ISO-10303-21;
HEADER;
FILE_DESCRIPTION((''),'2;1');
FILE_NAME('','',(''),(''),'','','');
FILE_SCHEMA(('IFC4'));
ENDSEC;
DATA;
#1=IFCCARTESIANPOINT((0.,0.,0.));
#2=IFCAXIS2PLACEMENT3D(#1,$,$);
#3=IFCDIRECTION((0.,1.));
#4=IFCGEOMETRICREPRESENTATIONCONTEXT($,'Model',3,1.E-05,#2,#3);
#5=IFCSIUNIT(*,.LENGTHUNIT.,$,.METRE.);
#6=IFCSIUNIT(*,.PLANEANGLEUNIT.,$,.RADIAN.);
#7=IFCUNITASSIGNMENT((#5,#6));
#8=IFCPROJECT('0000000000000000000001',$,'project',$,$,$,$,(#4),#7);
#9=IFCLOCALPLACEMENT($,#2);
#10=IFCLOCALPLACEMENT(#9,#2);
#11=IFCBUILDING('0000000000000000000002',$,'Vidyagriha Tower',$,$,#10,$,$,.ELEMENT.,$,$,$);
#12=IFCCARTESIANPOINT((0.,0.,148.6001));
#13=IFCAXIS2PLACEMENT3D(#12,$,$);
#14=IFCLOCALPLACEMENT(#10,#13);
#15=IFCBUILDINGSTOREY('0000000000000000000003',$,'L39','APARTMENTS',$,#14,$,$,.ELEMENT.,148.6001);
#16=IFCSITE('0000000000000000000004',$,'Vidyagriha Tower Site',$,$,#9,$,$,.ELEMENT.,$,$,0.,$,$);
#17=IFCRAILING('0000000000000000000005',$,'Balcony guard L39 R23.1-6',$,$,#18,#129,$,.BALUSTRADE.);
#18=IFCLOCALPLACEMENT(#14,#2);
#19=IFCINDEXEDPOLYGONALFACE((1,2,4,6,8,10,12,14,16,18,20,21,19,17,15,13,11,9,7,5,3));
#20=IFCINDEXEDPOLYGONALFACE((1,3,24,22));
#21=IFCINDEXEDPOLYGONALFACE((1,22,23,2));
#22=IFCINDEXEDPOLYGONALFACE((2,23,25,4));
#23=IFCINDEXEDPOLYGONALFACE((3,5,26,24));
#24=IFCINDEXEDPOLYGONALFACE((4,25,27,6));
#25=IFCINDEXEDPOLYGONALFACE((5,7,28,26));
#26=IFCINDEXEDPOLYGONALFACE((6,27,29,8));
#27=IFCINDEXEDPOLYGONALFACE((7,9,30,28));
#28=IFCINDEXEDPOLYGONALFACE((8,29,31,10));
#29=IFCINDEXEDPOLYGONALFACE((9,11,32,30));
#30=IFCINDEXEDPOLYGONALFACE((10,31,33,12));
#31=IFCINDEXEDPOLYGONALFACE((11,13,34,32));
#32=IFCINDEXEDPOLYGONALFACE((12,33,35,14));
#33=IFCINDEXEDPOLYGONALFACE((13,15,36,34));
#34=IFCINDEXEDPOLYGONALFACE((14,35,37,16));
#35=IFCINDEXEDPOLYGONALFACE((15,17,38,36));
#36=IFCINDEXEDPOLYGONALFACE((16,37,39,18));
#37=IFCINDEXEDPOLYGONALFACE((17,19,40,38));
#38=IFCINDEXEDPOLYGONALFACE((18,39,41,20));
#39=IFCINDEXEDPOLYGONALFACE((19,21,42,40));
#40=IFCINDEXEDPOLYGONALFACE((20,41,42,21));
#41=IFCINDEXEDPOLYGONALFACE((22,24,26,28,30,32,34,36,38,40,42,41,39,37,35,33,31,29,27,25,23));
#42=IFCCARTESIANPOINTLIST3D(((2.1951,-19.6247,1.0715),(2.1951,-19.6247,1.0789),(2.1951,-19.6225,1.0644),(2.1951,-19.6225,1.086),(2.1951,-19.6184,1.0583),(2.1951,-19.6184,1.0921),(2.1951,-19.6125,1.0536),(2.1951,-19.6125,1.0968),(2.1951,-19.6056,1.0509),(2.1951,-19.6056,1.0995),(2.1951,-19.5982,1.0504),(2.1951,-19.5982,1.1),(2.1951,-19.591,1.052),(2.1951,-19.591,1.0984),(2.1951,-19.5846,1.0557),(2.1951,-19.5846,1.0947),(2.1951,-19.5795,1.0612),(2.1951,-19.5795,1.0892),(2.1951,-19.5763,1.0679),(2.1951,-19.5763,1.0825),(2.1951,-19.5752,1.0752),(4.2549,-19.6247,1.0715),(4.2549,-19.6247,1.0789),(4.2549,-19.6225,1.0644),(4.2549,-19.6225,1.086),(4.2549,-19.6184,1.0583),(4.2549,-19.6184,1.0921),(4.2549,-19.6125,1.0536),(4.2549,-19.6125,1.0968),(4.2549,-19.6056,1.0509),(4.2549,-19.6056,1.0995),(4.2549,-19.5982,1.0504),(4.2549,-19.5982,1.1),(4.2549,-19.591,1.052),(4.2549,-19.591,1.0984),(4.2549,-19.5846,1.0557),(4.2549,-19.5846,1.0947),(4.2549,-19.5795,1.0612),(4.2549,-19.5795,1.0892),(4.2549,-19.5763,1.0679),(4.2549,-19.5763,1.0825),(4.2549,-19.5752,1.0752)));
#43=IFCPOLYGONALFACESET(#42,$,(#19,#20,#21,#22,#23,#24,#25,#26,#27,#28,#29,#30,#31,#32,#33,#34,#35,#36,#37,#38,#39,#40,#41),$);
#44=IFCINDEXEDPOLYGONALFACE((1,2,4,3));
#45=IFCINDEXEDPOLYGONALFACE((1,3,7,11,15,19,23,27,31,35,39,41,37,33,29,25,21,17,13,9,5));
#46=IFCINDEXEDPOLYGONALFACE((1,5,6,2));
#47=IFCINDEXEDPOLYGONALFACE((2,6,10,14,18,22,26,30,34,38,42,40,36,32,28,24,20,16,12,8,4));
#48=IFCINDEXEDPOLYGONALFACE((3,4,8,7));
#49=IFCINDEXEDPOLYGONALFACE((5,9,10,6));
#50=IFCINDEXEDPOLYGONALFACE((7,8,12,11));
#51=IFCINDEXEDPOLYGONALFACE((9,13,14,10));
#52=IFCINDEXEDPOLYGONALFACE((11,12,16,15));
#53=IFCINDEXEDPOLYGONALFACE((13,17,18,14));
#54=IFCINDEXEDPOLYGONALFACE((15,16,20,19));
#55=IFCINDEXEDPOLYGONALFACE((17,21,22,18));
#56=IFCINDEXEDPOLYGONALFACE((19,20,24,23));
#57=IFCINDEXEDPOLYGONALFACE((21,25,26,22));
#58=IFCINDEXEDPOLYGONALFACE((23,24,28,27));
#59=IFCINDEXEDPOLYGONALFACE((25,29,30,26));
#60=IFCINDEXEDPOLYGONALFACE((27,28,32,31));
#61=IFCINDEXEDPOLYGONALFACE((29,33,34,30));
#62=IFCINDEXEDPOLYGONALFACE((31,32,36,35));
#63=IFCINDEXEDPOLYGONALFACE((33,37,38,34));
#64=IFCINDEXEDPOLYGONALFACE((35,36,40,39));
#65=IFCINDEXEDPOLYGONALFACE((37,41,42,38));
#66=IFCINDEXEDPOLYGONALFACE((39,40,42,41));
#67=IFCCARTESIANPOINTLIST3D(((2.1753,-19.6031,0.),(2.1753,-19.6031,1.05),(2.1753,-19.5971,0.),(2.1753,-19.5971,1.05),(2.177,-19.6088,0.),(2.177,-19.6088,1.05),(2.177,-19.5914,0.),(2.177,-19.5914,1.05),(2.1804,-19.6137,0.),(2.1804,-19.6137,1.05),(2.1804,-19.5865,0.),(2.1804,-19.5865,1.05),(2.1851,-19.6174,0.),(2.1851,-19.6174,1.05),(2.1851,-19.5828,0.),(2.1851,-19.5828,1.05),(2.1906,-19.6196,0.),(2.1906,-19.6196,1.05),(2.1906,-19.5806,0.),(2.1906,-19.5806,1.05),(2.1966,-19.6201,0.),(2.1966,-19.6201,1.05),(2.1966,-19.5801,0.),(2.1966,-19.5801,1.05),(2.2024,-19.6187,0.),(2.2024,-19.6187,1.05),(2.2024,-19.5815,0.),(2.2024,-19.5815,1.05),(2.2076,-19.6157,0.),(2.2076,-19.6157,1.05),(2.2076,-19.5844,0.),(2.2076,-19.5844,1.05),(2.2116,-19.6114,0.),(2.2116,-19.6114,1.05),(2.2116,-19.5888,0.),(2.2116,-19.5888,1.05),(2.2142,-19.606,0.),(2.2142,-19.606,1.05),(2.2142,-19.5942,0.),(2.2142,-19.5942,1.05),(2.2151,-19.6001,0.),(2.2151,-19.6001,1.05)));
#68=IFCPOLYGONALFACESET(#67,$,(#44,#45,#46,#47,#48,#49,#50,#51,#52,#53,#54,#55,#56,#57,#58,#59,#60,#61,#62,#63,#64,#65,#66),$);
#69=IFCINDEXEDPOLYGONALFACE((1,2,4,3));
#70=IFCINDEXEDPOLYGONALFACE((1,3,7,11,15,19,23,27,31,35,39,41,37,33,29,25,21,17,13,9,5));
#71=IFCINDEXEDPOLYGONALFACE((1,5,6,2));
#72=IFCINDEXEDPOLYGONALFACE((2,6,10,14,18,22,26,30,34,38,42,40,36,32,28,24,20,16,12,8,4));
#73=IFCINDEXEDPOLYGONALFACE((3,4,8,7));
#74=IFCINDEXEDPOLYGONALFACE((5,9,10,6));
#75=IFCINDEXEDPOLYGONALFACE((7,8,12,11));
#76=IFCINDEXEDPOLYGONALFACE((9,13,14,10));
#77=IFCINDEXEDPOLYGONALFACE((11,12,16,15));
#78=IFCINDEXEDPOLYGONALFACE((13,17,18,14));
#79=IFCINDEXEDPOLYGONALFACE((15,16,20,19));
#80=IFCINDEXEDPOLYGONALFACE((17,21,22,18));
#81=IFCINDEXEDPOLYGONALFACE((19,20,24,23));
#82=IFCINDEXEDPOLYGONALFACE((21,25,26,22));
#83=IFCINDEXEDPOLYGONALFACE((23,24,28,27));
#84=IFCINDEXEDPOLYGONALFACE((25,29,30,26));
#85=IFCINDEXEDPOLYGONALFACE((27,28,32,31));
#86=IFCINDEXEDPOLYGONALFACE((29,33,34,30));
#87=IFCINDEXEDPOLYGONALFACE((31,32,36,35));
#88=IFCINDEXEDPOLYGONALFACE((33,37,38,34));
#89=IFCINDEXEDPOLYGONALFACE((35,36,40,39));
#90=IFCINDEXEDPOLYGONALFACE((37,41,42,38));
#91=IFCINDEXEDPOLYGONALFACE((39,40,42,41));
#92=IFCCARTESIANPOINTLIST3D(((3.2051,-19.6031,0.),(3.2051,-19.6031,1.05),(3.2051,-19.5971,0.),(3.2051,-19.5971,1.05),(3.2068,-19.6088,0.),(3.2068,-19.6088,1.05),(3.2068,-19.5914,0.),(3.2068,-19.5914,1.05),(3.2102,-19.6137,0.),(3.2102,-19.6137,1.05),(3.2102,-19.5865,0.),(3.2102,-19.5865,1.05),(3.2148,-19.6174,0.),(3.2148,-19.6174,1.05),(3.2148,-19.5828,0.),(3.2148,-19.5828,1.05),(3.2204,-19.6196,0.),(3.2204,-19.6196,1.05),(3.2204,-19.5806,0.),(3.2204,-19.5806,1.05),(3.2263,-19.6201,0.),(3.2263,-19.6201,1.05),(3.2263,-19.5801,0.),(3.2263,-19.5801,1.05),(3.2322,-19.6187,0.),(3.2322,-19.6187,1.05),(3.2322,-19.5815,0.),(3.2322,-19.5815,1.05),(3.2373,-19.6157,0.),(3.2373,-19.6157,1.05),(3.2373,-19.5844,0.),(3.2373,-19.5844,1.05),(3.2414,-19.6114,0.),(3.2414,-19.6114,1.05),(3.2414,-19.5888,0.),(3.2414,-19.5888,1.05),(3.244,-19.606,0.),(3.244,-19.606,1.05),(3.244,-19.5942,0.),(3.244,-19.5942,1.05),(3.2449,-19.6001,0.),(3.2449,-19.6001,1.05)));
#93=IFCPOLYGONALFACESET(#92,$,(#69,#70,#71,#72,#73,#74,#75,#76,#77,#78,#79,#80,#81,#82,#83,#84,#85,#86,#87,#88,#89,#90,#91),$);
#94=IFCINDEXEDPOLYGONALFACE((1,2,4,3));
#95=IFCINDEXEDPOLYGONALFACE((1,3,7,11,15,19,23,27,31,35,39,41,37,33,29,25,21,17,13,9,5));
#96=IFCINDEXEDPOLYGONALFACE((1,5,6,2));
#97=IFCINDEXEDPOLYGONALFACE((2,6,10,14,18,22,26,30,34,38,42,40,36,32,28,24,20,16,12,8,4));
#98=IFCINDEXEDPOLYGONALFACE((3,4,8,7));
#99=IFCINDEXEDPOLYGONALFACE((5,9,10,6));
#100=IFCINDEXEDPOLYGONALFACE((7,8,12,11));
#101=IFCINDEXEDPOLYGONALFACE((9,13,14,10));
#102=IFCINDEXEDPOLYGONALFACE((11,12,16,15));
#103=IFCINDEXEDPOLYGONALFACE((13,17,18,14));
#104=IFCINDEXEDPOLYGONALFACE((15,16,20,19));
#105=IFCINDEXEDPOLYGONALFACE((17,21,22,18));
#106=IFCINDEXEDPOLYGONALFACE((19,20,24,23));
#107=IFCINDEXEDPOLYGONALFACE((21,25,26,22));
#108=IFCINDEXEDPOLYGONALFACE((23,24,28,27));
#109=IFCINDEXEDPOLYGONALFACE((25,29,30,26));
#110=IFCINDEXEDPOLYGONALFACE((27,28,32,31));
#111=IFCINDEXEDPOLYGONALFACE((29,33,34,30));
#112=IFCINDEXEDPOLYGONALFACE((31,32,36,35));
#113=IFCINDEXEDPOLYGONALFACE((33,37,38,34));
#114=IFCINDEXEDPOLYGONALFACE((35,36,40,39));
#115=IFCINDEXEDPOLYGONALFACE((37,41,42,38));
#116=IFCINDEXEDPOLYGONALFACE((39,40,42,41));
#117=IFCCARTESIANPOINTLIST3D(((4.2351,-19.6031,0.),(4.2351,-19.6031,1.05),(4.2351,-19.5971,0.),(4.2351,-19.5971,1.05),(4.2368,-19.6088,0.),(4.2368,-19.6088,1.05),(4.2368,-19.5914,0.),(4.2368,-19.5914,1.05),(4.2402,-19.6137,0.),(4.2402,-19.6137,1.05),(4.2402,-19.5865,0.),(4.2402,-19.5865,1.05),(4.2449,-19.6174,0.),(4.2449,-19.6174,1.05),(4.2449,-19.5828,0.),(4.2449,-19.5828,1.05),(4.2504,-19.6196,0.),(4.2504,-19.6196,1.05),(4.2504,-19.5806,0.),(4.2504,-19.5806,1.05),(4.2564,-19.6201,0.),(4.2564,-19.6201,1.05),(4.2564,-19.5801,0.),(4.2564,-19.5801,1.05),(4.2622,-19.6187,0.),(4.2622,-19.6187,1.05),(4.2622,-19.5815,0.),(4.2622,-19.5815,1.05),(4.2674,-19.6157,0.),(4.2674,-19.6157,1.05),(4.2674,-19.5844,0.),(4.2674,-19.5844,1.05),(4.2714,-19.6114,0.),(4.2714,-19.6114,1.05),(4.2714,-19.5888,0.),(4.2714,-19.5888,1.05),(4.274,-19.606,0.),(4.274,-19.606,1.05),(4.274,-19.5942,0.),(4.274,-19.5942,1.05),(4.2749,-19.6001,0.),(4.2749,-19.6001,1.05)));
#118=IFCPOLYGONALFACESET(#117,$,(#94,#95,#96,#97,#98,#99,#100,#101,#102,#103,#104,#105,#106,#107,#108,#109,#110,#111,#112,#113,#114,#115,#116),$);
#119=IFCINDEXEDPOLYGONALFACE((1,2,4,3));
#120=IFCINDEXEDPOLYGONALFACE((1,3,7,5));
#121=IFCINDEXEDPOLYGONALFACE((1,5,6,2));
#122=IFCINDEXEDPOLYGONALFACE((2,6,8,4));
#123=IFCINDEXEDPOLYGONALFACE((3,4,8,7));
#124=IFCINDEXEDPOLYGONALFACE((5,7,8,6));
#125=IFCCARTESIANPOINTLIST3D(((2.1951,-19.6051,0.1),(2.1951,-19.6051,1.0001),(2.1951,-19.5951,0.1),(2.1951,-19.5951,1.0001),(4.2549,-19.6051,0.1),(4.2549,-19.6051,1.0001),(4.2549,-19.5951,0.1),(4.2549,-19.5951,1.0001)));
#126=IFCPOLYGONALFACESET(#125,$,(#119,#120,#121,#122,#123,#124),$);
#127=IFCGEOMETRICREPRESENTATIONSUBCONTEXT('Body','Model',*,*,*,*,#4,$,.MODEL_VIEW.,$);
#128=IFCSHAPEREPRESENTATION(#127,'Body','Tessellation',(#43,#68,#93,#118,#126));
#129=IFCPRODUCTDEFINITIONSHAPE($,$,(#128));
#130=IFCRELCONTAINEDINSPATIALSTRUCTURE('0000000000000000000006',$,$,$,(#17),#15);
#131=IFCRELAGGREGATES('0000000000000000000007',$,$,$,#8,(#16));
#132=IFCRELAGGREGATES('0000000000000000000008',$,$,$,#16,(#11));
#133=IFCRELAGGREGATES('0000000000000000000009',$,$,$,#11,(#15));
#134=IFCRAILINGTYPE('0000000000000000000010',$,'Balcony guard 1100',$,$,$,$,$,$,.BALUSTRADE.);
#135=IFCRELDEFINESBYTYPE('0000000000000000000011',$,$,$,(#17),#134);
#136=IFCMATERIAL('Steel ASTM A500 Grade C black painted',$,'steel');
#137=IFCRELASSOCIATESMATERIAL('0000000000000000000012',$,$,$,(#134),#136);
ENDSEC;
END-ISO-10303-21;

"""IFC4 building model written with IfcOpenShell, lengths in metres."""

from ifc_helpers import new_model, si_unit, direction, frame, origin, origin_2d, place, context, subcontext, project, spatial, rectangle, circle, extrude, material, type_object, element, save


model = new_model("IFC4")

# Units and contexts
model_context = context("Model", 3, precision=1e-05, world=origin(), true_north=direction((0.0, 1.0)))
body_context = subcontext(model_context, "Body", "Model", "MODEL_VIEW")
ifc_project = project(units=[si_unit("LENGTHUNIT", "METRE"), si_unit("PLANEANGLEUNIT", "RADIAN")], contexts=[model_context])

# Site, building, storey
site_placement = place(None, origin())
site = spatial("IfcSite", under=ifc_project, at=site_placement, Name="Vidyagriha Tower Site", CompositionType="ELEMENT", RefElevation=0.0)
building_placement = place(site_placement, origin())
building = spatial("IfcBuilding", under=site, at=building_placement, Name="Vidyagriha Tower", CompositionType="ELEMENT")
storey_placement = place(building_placement, frame((0.0, 0.0, 148.6001)))
storey = spatial("IfcBuildingStorey", under=building, at=storey_placement, Name="L39", Description="APARTMENTS", CompositionType="ELEMENT", Elevation=148.6001)

# Railing
ifc_material_1 = material(Name="Steel ASTM A500 Grade C black painted", Category="steel")
railing_type = type_object("IfcRailingType", Name="Balcony guard 1100", PredefinedType="BALUSTRADE", material=ifc_material_1)
railing_1_placement = place(storey_placement, frame((2.1951, -19.6001, 0.0)))
element("IfcRailing", 1, at=railing_1_placement, inside=storey, type_object=railing_type, Name="Balcony guard L39 R23.1-6", PredefinedType="BALUSTRADE", context=body_context, shape_type="SweptSolid", body=[
    extrude(circle(Radius=0.0249, at=origin_2d()), frame((0.0, 0.0, 1.0752), z_axis=(1.0, 0.0, 0.0), x_axis=(0.0, 1.0, 0.0)), (0.0, 0.0, 1.0), 2.0598),
    extrude(circle(Radius=0.02, at=origin_2d()), origin(), (0.0, 0.0, 1.0), 1.05),
    extrude(circle(Radius=0.02, at=origin_2d()), frame((1.0298, 0.0, 0.0)), (0.0, 0.0, 1.0), 1.05),
    extrude(circle(Radius=0.02, at=origin_2d()), frame((2.0598, 0.0, 0.0)), (0.0, 0.0, 1.0), 1.05),
    extrude(rectangle(XDim=0.01, YDim=0.9001, at=origin_2d()), frame((0.0, 0.0, 0.55), z_axis=(1.0, 0.0, 0.0), x_axis=(0.0, 1.0, 0.0)), (0.0, 0.0, 1.0), 2.0598),
])

save(model, "model.ifc")
